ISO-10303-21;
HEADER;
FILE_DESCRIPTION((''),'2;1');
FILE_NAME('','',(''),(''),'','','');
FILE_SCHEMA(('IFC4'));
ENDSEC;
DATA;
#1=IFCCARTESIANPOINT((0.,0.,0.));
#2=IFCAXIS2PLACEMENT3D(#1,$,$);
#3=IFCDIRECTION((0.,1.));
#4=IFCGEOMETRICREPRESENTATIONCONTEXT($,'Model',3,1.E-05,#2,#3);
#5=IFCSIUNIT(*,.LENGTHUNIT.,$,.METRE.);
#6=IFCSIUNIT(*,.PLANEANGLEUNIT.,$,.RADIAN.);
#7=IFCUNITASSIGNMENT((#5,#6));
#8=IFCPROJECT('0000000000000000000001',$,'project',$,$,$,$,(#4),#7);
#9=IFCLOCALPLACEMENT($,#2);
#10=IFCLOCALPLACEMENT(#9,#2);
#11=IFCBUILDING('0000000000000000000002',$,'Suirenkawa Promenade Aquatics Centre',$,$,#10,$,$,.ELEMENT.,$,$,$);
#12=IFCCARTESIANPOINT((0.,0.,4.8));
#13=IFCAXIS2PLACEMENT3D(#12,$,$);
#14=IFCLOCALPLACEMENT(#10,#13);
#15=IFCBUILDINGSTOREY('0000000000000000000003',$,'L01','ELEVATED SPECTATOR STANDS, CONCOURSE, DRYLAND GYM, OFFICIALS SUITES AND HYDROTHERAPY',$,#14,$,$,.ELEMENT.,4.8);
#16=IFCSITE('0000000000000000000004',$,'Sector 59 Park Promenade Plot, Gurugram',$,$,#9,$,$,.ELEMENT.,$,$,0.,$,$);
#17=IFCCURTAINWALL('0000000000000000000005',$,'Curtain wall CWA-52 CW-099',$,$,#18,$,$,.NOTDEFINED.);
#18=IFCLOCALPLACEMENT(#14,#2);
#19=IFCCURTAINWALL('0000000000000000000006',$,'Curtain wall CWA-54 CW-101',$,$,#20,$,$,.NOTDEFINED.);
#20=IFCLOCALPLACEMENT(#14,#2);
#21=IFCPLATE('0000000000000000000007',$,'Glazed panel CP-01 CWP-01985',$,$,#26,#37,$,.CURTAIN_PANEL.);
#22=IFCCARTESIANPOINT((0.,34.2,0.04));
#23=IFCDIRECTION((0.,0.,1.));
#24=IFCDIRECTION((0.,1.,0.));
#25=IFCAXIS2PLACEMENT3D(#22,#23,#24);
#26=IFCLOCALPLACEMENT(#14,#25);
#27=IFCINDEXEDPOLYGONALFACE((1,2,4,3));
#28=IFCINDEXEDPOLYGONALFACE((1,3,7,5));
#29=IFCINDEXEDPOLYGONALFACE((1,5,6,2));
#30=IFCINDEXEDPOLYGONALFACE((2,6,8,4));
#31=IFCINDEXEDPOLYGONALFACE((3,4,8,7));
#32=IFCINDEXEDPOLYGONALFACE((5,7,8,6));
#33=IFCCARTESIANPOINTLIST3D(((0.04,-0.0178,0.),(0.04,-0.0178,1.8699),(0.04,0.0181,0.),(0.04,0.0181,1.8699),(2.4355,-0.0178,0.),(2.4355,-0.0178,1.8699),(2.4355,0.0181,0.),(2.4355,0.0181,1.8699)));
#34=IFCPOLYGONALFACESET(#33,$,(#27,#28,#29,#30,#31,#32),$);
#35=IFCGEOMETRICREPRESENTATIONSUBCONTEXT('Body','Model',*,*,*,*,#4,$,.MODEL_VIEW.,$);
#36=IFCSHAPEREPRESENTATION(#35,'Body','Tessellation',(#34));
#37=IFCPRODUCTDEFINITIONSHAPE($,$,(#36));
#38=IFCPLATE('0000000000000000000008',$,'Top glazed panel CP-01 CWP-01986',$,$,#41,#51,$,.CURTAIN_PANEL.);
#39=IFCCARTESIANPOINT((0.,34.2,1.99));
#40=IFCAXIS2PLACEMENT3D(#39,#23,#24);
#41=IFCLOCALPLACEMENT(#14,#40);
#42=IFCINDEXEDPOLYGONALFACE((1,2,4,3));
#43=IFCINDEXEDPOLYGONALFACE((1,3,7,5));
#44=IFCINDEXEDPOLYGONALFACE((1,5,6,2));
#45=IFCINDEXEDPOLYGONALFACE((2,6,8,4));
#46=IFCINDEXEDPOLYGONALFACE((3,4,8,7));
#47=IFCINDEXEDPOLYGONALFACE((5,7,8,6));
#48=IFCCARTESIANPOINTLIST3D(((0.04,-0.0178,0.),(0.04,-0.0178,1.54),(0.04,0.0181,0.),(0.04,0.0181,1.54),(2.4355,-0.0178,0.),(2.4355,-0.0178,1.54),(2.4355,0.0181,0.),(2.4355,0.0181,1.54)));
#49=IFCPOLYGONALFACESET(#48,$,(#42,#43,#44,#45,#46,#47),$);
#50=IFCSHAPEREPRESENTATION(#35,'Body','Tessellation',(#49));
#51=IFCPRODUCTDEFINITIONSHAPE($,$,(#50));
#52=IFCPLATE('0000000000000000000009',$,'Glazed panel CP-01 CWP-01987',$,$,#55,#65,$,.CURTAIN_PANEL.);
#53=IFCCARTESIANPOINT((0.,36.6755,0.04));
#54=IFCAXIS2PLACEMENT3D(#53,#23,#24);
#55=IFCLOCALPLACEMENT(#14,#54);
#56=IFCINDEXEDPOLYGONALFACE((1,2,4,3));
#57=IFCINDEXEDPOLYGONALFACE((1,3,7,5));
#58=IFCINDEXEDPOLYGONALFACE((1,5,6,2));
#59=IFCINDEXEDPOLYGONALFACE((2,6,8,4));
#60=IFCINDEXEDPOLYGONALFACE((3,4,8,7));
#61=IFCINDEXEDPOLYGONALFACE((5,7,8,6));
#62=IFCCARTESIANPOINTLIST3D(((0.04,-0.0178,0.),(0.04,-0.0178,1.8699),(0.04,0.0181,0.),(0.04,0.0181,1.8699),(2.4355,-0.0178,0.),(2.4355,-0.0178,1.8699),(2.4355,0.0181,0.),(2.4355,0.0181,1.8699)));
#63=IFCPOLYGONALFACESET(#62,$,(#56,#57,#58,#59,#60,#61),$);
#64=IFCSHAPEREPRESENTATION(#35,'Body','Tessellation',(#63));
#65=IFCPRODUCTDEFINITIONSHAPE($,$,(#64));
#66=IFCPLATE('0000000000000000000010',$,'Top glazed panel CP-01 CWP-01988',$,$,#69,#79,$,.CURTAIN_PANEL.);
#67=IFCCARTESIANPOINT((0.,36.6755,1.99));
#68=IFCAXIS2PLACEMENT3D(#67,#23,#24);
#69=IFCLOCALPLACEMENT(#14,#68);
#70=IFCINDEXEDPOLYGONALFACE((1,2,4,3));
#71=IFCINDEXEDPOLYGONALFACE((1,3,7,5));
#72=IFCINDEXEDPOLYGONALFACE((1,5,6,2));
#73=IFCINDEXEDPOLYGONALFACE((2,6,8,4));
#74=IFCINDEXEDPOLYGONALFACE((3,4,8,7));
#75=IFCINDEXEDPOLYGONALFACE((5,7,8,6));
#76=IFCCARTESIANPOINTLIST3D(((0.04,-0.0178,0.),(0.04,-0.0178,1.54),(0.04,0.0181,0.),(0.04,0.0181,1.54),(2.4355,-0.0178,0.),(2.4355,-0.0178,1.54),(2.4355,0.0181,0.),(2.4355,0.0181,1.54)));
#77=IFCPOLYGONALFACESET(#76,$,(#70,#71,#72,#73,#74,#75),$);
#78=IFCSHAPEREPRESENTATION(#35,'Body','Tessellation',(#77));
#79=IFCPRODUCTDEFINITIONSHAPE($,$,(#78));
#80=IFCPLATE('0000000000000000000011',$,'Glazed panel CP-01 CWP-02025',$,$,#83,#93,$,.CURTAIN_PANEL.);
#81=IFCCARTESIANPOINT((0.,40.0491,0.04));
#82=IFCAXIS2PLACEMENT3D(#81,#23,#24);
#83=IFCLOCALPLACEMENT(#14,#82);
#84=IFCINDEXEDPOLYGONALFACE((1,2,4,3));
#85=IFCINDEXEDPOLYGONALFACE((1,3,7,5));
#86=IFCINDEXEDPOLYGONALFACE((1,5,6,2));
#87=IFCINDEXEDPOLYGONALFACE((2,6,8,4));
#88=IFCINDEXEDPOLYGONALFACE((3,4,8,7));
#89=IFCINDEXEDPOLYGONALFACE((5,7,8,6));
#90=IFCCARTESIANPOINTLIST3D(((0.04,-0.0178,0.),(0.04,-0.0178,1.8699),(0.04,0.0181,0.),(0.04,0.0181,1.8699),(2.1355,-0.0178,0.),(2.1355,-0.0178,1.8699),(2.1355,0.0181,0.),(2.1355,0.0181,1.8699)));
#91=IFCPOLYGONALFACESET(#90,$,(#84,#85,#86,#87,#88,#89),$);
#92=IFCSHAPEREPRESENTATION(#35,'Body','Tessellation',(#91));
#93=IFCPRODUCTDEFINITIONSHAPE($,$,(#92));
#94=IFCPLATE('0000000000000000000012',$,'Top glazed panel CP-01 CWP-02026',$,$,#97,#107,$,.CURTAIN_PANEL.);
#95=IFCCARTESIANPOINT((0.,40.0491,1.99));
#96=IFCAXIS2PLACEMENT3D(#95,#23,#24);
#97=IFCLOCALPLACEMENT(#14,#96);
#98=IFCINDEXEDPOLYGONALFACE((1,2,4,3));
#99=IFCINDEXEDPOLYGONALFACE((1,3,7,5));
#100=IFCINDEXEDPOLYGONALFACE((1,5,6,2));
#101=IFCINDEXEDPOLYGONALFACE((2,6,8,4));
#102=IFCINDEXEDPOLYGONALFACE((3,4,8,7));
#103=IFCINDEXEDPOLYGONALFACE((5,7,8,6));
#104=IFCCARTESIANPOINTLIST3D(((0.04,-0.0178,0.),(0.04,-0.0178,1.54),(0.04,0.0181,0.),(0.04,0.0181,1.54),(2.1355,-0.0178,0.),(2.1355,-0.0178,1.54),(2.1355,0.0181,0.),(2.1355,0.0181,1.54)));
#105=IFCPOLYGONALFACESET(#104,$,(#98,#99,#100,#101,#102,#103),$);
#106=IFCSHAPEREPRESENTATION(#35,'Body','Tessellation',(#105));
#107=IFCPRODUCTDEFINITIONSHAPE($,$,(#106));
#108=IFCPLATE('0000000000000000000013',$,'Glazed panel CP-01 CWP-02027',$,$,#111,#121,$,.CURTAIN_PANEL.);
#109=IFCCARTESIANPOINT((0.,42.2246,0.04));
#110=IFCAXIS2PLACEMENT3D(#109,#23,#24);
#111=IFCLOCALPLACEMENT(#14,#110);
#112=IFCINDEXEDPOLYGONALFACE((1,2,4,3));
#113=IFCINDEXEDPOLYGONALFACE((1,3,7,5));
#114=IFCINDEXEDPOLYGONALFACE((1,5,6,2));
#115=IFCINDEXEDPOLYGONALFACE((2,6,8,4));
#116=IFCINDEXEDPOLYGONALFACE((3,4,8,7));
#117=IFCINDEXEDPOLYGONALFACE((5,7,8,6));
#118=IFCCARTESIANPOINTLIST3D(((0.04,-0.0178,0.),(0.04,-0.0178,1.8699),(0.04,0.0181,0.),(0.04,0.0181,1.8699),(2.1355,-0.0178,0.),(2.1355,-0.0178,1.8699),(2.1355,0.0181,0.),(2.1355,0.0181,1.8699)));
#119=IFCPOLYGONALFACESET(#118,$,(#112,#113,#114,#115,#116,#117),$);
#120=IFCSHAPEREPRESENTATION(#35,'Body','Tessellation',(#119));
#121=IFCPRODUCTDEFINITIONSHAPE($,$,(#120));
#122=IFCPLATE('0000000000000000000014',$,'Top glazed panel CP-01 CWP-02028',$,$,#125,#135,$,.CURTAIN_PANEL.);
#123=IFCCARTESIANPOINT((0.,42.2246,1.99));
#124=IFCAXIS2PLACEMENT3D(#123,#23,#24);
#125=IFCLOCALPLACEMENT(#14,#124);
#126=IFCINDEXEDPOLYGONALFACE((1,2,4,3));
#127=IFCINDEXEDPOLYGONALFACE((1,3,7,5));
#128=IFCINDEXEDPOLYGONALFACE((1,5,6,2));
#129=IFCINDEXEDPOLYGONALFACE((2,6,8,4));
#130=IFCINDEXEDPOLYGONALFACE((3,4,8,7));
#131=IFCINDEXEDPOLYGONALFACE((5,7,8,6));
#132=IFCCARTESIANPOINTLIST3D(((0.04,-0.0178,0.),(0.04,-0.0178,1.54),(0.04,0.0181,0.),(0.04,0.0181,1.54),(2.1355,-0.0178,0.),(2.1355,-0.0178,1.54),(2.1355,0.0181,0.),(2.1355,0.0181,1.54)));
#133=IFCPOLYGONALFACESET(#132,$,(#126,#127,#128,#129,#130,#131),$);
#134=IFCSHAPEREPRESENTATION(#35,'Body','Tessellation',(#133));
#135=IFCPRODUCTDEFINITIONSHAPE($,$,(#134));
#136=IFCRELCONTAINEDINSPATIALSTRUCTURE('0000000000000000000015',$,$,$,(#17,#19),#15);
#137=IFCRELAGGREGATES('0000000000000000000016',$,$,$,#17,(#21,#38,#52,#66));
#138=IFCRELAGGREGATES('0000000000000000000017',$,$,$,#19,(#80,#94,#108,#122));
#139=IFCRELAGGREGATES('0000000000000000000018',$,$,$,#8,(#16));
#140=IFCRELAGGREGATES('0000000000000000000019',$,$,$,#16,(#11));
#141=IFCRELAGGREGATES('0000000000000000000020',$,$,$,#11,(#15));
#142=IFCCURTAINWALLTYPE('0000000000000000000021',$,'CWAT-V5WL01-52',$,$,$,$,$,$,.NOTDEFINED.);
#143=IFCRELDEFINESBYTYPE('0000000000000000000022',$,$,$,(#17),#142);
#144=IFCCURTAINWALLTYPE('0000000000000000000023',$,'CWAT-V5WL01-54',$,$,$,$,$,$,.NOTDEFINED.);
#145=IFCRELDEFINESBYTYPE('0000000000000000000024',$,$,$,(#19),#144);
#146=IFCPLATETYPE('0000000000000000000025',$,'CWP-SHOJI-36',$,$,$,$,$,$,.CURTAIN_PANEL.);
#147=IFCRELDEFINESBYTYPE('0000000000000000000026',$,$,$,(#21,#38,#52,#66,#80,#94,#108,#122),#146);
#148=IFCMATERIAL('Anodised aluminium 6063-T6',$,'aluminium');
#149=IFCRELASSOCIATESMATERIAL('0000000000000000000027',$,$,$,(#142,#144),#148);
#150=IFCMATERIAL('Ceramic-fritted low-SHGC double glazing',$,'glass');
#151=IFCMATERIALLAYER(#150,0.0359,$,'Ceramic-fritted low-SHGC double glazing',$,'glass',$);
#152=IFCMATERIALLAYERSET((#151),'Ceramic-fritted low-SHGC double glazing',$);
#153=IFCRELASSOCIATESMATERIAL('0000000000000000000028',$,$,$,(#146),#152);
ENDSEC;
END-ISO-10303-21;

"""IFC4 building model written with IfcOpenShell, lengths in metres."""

from ifc_helpers import new_model, si_unit, direction, frame, origin, place, context, subcontext, project, spatial, polyline, outline, extrude, material, layer, layer_set, type_object, element, aggregate, save


model = new_model("IFC4")

# Units and contexts
model_context = context("Model", 3, precision=1e-05, world=origin(), true_north=direction((0.0, 1.0)))
body_context = subcontext(model_context, "Body", "Model", "MODEL_VIEW")
ifc_project = project(units=[si_unit("LENGTHUNIT", "METRE"), si_unit("PLANEANGLEUNIT", "RADIAN")], contexts=[model_context])

# Site, building, storey
site_placement = place(None, origin())
site = spatial("IfcSite", under=ifc_project, at=site_placement, Name="Sector 59 Park Promenade Plot, Gurugram", CompositionType="ELEMENT", RefElevation=0.0)
building_placement = place(site_placement, origin())
building = spatial("IfcBuilding", under=site, at=building_placement, Name="Suirenkawa Promenade Aquatics Centre", CompositionType="ELEMENT")
storey_placement = place(building_placement, frame((0.0, 0.0, 4.8)))
storey = spatial("IfcBuildingStorey", under=building, at=storey_placement, Name="L01", Description="ELEVATED SPECTATOR STANDS, CONCOURSE, DRYLAND GYM, OFFICIALS SUITES AND HYDROTHERAPY", CompositionType="ELEMENT", Elevation=4.8)

# Curtain walls
ifc_material_1 = material(Name="Anodised aluminium 6063-T6", Category="aluminium")
curtain_wall_type_1 = type_object("IfcCurtainWallType", Name="CWAT-V5WL01-52", PredefinedType="NOTDEFINED", material=ifc_material_1)
curtain_wall_1_placement = place(storey_placement, origin())
curtain_wall_1 = element("IfcCurtainWall", 1, at=curtain_wall_1_placement, inside=storey, type_object=curtain_wall_type_1, Name="Curtain wall CWA-52 CW-099", PredefinedType="NOTDEFINED")
curtain_wall_type_2 = type_object("IfcCurtainWallType", Name="CWAT-V5WL01-54", PredefinedType="NOTDEFINED", material=ifc_material_1)
curtain_wall_2_placement = place(storey_placement, origin())
curtain_wall_2 = element("IfcCurtainWall", 2, at=curtain_wall_2_placement, inside=storey, type_object=curtain_wall_type_2, Name="Curtain wall CWA-54 CW-101", PredefinedType="NOTDEFINED")

# Plates
ifc_material_2 = material(Name="Ceramic-fritted low-SHGC double glazing", Category="glass")
ifc_layer = layer(ifc_material_2, 0.0359, Name="Ceramic-fritted low-SHGC double glazing", Category="glass")
ifc_layer_set = layer_set([ifc_layer], Name="Ceramic-fritted low-SHGC double glazing")
plate_type = type_object("IfcPlateType", Name="CWP-SHOJI-36", PredefinedType="CURTAIN_PANEL", material=ifc_layer_set)
plate_1_placement = place(storey_placement, frame((0.0, 34.2, 0.04), z_axis=(0.0, 0.0, 1.0), x_axis=(0.0, 1.0, 0.0)))
plate_1 = element("IfcPlate", 3, at=plate_1_placement, type_object=plate_type, Name="Glazed panel CP-01 CWP-01985", PredefinedType="CURTAIN_PANEL", context=body_context, shape_type="SweptSolid", body=[
    extrude(outline(polyline([(0.04, 0.0), (2.4355, 0.0), (2.4355, 1.8699), (0.04, 1.8699), (0.04, 0.0)])), frame((0.0, 0.0181, 0.0), z_axis=(0.0, -1.0, 0.0), x_axis=(1.0, 0.0, 0.0)), (0.0, 0.0, 1.0), 0.0359),
])
plate_2_placement = place(storey_placement, frame((0.0, 34.2, 1.99), z_axis=(0.0, 0.0, 1.0), x_axis=(0.0, 1.0, 0.0)))
plate_2 = element("IfcPlate", 4, at=plate_2_placement, type_object=plate_type, Name="Top glazed panel CP-01 CWP-01986", PredefinedType="CURTAIN_PANEL", context=body_context, shape_type="SweptSolid", body=[
    extrude(outline(polyline([(0.04, 0.0), (2.4355, 0.0), (2.4355, 1.54), (0.04, 1.54), (0.04, 0.0)])), frame((0.0, 0.0181, 0.0), z_axis=(0.0, -1.0, 0.0), x_axis=(1.0, 0.0, 0.0)), (0.0, 0.0, 1.0), 0.0359),
])
plate_3_placement = place(storey_placement, frame((0.0, 36.6755, 0.04), z_axis=(0.0, 0.0, 1.0), x_axis=(0.0, 1.0, 0.0)))
plate_3 = element("IfcPlate", 5, at=plate_3_placement, type_object=plate_type, Name="Glazed panel CP-01 CWP-01987", PredefinedType="CURTAIN_PANEL", context=body_context, shape_type="SweptSolid", body=[
    extrude(outline(polyline([(0.04, 0.0), (2.4355, 0.0), (2.4355, 1.8699), (0.04, 1.8699), (0.04, 0.0)])), frame((0.0, 0.0181, 0.0), z_axis=(0.0, -1.0, 0.0), x_axis=(1.0, 0.0, 0.0)), (0.0, 0.0, 1.0), 0.0359),
])
plate_4_placement = place(storey_placement, frame((0.0, 36.6755, 1.99), z_axis=(0.0, 0.0, 1.0), x_axis=(0.0, 1.0, 0.0)))
plate_4 = element("IfcPlate", 6, at=plate_4_placement, type_object=plate_type, Name="Top glazed panel CP-01 CWP-01988", PredefinedType="CURTAIN_PANEL", context=body_context, shape_type="SweptSolid", body=[
    extrude(outline(polyline([(0.04, 0.0), (2.4355, 0.0), (2.4355, 1.54), (0.04, 1.54), (0.04, 0.0)])), frame((0.0, 0.0181, 0.0), z_axis=(0.0, -1.0, 0.0), x_axis=(1.0, 0.0, 0.0)), (0.0, 0.0, 1.0), 0.0359),
])
aggregate(curtain_wall_1, [plate_1, plate_2, plate_3, plate_4])
plate_5_placement = place(storey_placement, frame((0.0, 40.0491, 0.04), z_axis=(0.0, 0.0, 1.0), x_axis=(0.0, 1.0, 0.0)))
plate_5 = element("IfcPlate", 7, at=plate_5_placement, type_object=plate_type, Name="Glazed panel CP-01 CWP-02025", PredefinedType="CURTAIN_PANEL", context=body_context, shape_type="SweptSolid", body=[
    extrude(outline(polyline([(0.04, 0.0), (2.1355, 0.0), (2.1355, 1.8699), (0.04, 1.8699), (0.04, 0.0)])), frame((0.0, 0.0181, 0.0), z_axis=(0.0, -1.0, 0.0), x_axis=(1.0, 0.0, 0.0)), (0.0, 0.0, 1.0), 0.0359),
])
plate_6_placement = place(storey_placement, frame((0.0, 40.0491, 1.99), z_axis=(0.0, 0.0, 1.0), x_axis=(0.0, 1.0, 0.0)))
plate_6 = element("IfcPlate", 8, at=plate_6_placement, type_object=plate_type, Name="Top glazed panel CP-01 CWP-02026", PredefinedType="CURTAIN_PANEL", context=body_context, shape_type="SweptSolid", body=[
    extrude(outline(polyline([(0.04, 0.0), (2.1355, 0.0), (2.1355, 1.54), (0.04, 1.54), (0.04, 0.0)])), frame((0.0, 0.0181, 0.0), z_axis=(0.0, -1.0, 0.0), x_axis=(1.0, 0.0, 0.0)), (0.0, 0.0, 1.0), 0.0359),
])
plate_7_placement = place(storey_placement, frame((0.0, 42.2246, 0.04), z_axis=(0.0, 0.0, 1.0), x_axis=(0.0, 1.0, 0.0)))
plate_7 = element("IfcPlate", 9, at=plate_7_placement, type_object=plate_type, Name="Glazed panel CP-01 CWP-02027", PredefinedType="CURTAIN_PANEL", context=body_context, shape_type="SweptSolid", body=[
    extrude(outline(polyline([(0.04, 0.0), (2.1355, 0.0), (2.1355, 1.8699), (0.04, 1.8699), (0.04, 0.0)])), frame((0.0, 0.0181, 0.0), z_axis=(0.0, -1.0, 0.0), x_axis=(1.0, 0.0, 0.0)), (0.0, 0.0, 1.0), 0.0359),
])
plate_8_placement = place(storey_placement, frame((0.0, 42.2246, 1.99), z_axis=(0.0, 0.0, 1.0), x_axis=(0.0, 1.0, 0.0)))
plate_8 = element("IfcPlate", 10, at=plate_8_placement, type_object=plate_type, Name="Top glazed panel CP-01 CWP-02028", PredefinedType="CURTAIN_PANEL", context=body_context, shape_type="SweptSolid", body=[
    extrude(outline(polyline([(0.04, 0.0), (2.1355, 0.0), (2.1355, 1.54), (0.04, 1.54), (0.04, 0.0)])), frame((0.0, 0.0181, 0.0), z_axis=(0.0, -1.0, 0.0), x_axis=(1.0, 0.0, 0.0)), (0.0, 0.0, 1.0), 0.0359),
])
aggregate(curtain_wall_2, [plate_5, plate_6, plate_7, plate_8])

save(model, "model.ifc")
